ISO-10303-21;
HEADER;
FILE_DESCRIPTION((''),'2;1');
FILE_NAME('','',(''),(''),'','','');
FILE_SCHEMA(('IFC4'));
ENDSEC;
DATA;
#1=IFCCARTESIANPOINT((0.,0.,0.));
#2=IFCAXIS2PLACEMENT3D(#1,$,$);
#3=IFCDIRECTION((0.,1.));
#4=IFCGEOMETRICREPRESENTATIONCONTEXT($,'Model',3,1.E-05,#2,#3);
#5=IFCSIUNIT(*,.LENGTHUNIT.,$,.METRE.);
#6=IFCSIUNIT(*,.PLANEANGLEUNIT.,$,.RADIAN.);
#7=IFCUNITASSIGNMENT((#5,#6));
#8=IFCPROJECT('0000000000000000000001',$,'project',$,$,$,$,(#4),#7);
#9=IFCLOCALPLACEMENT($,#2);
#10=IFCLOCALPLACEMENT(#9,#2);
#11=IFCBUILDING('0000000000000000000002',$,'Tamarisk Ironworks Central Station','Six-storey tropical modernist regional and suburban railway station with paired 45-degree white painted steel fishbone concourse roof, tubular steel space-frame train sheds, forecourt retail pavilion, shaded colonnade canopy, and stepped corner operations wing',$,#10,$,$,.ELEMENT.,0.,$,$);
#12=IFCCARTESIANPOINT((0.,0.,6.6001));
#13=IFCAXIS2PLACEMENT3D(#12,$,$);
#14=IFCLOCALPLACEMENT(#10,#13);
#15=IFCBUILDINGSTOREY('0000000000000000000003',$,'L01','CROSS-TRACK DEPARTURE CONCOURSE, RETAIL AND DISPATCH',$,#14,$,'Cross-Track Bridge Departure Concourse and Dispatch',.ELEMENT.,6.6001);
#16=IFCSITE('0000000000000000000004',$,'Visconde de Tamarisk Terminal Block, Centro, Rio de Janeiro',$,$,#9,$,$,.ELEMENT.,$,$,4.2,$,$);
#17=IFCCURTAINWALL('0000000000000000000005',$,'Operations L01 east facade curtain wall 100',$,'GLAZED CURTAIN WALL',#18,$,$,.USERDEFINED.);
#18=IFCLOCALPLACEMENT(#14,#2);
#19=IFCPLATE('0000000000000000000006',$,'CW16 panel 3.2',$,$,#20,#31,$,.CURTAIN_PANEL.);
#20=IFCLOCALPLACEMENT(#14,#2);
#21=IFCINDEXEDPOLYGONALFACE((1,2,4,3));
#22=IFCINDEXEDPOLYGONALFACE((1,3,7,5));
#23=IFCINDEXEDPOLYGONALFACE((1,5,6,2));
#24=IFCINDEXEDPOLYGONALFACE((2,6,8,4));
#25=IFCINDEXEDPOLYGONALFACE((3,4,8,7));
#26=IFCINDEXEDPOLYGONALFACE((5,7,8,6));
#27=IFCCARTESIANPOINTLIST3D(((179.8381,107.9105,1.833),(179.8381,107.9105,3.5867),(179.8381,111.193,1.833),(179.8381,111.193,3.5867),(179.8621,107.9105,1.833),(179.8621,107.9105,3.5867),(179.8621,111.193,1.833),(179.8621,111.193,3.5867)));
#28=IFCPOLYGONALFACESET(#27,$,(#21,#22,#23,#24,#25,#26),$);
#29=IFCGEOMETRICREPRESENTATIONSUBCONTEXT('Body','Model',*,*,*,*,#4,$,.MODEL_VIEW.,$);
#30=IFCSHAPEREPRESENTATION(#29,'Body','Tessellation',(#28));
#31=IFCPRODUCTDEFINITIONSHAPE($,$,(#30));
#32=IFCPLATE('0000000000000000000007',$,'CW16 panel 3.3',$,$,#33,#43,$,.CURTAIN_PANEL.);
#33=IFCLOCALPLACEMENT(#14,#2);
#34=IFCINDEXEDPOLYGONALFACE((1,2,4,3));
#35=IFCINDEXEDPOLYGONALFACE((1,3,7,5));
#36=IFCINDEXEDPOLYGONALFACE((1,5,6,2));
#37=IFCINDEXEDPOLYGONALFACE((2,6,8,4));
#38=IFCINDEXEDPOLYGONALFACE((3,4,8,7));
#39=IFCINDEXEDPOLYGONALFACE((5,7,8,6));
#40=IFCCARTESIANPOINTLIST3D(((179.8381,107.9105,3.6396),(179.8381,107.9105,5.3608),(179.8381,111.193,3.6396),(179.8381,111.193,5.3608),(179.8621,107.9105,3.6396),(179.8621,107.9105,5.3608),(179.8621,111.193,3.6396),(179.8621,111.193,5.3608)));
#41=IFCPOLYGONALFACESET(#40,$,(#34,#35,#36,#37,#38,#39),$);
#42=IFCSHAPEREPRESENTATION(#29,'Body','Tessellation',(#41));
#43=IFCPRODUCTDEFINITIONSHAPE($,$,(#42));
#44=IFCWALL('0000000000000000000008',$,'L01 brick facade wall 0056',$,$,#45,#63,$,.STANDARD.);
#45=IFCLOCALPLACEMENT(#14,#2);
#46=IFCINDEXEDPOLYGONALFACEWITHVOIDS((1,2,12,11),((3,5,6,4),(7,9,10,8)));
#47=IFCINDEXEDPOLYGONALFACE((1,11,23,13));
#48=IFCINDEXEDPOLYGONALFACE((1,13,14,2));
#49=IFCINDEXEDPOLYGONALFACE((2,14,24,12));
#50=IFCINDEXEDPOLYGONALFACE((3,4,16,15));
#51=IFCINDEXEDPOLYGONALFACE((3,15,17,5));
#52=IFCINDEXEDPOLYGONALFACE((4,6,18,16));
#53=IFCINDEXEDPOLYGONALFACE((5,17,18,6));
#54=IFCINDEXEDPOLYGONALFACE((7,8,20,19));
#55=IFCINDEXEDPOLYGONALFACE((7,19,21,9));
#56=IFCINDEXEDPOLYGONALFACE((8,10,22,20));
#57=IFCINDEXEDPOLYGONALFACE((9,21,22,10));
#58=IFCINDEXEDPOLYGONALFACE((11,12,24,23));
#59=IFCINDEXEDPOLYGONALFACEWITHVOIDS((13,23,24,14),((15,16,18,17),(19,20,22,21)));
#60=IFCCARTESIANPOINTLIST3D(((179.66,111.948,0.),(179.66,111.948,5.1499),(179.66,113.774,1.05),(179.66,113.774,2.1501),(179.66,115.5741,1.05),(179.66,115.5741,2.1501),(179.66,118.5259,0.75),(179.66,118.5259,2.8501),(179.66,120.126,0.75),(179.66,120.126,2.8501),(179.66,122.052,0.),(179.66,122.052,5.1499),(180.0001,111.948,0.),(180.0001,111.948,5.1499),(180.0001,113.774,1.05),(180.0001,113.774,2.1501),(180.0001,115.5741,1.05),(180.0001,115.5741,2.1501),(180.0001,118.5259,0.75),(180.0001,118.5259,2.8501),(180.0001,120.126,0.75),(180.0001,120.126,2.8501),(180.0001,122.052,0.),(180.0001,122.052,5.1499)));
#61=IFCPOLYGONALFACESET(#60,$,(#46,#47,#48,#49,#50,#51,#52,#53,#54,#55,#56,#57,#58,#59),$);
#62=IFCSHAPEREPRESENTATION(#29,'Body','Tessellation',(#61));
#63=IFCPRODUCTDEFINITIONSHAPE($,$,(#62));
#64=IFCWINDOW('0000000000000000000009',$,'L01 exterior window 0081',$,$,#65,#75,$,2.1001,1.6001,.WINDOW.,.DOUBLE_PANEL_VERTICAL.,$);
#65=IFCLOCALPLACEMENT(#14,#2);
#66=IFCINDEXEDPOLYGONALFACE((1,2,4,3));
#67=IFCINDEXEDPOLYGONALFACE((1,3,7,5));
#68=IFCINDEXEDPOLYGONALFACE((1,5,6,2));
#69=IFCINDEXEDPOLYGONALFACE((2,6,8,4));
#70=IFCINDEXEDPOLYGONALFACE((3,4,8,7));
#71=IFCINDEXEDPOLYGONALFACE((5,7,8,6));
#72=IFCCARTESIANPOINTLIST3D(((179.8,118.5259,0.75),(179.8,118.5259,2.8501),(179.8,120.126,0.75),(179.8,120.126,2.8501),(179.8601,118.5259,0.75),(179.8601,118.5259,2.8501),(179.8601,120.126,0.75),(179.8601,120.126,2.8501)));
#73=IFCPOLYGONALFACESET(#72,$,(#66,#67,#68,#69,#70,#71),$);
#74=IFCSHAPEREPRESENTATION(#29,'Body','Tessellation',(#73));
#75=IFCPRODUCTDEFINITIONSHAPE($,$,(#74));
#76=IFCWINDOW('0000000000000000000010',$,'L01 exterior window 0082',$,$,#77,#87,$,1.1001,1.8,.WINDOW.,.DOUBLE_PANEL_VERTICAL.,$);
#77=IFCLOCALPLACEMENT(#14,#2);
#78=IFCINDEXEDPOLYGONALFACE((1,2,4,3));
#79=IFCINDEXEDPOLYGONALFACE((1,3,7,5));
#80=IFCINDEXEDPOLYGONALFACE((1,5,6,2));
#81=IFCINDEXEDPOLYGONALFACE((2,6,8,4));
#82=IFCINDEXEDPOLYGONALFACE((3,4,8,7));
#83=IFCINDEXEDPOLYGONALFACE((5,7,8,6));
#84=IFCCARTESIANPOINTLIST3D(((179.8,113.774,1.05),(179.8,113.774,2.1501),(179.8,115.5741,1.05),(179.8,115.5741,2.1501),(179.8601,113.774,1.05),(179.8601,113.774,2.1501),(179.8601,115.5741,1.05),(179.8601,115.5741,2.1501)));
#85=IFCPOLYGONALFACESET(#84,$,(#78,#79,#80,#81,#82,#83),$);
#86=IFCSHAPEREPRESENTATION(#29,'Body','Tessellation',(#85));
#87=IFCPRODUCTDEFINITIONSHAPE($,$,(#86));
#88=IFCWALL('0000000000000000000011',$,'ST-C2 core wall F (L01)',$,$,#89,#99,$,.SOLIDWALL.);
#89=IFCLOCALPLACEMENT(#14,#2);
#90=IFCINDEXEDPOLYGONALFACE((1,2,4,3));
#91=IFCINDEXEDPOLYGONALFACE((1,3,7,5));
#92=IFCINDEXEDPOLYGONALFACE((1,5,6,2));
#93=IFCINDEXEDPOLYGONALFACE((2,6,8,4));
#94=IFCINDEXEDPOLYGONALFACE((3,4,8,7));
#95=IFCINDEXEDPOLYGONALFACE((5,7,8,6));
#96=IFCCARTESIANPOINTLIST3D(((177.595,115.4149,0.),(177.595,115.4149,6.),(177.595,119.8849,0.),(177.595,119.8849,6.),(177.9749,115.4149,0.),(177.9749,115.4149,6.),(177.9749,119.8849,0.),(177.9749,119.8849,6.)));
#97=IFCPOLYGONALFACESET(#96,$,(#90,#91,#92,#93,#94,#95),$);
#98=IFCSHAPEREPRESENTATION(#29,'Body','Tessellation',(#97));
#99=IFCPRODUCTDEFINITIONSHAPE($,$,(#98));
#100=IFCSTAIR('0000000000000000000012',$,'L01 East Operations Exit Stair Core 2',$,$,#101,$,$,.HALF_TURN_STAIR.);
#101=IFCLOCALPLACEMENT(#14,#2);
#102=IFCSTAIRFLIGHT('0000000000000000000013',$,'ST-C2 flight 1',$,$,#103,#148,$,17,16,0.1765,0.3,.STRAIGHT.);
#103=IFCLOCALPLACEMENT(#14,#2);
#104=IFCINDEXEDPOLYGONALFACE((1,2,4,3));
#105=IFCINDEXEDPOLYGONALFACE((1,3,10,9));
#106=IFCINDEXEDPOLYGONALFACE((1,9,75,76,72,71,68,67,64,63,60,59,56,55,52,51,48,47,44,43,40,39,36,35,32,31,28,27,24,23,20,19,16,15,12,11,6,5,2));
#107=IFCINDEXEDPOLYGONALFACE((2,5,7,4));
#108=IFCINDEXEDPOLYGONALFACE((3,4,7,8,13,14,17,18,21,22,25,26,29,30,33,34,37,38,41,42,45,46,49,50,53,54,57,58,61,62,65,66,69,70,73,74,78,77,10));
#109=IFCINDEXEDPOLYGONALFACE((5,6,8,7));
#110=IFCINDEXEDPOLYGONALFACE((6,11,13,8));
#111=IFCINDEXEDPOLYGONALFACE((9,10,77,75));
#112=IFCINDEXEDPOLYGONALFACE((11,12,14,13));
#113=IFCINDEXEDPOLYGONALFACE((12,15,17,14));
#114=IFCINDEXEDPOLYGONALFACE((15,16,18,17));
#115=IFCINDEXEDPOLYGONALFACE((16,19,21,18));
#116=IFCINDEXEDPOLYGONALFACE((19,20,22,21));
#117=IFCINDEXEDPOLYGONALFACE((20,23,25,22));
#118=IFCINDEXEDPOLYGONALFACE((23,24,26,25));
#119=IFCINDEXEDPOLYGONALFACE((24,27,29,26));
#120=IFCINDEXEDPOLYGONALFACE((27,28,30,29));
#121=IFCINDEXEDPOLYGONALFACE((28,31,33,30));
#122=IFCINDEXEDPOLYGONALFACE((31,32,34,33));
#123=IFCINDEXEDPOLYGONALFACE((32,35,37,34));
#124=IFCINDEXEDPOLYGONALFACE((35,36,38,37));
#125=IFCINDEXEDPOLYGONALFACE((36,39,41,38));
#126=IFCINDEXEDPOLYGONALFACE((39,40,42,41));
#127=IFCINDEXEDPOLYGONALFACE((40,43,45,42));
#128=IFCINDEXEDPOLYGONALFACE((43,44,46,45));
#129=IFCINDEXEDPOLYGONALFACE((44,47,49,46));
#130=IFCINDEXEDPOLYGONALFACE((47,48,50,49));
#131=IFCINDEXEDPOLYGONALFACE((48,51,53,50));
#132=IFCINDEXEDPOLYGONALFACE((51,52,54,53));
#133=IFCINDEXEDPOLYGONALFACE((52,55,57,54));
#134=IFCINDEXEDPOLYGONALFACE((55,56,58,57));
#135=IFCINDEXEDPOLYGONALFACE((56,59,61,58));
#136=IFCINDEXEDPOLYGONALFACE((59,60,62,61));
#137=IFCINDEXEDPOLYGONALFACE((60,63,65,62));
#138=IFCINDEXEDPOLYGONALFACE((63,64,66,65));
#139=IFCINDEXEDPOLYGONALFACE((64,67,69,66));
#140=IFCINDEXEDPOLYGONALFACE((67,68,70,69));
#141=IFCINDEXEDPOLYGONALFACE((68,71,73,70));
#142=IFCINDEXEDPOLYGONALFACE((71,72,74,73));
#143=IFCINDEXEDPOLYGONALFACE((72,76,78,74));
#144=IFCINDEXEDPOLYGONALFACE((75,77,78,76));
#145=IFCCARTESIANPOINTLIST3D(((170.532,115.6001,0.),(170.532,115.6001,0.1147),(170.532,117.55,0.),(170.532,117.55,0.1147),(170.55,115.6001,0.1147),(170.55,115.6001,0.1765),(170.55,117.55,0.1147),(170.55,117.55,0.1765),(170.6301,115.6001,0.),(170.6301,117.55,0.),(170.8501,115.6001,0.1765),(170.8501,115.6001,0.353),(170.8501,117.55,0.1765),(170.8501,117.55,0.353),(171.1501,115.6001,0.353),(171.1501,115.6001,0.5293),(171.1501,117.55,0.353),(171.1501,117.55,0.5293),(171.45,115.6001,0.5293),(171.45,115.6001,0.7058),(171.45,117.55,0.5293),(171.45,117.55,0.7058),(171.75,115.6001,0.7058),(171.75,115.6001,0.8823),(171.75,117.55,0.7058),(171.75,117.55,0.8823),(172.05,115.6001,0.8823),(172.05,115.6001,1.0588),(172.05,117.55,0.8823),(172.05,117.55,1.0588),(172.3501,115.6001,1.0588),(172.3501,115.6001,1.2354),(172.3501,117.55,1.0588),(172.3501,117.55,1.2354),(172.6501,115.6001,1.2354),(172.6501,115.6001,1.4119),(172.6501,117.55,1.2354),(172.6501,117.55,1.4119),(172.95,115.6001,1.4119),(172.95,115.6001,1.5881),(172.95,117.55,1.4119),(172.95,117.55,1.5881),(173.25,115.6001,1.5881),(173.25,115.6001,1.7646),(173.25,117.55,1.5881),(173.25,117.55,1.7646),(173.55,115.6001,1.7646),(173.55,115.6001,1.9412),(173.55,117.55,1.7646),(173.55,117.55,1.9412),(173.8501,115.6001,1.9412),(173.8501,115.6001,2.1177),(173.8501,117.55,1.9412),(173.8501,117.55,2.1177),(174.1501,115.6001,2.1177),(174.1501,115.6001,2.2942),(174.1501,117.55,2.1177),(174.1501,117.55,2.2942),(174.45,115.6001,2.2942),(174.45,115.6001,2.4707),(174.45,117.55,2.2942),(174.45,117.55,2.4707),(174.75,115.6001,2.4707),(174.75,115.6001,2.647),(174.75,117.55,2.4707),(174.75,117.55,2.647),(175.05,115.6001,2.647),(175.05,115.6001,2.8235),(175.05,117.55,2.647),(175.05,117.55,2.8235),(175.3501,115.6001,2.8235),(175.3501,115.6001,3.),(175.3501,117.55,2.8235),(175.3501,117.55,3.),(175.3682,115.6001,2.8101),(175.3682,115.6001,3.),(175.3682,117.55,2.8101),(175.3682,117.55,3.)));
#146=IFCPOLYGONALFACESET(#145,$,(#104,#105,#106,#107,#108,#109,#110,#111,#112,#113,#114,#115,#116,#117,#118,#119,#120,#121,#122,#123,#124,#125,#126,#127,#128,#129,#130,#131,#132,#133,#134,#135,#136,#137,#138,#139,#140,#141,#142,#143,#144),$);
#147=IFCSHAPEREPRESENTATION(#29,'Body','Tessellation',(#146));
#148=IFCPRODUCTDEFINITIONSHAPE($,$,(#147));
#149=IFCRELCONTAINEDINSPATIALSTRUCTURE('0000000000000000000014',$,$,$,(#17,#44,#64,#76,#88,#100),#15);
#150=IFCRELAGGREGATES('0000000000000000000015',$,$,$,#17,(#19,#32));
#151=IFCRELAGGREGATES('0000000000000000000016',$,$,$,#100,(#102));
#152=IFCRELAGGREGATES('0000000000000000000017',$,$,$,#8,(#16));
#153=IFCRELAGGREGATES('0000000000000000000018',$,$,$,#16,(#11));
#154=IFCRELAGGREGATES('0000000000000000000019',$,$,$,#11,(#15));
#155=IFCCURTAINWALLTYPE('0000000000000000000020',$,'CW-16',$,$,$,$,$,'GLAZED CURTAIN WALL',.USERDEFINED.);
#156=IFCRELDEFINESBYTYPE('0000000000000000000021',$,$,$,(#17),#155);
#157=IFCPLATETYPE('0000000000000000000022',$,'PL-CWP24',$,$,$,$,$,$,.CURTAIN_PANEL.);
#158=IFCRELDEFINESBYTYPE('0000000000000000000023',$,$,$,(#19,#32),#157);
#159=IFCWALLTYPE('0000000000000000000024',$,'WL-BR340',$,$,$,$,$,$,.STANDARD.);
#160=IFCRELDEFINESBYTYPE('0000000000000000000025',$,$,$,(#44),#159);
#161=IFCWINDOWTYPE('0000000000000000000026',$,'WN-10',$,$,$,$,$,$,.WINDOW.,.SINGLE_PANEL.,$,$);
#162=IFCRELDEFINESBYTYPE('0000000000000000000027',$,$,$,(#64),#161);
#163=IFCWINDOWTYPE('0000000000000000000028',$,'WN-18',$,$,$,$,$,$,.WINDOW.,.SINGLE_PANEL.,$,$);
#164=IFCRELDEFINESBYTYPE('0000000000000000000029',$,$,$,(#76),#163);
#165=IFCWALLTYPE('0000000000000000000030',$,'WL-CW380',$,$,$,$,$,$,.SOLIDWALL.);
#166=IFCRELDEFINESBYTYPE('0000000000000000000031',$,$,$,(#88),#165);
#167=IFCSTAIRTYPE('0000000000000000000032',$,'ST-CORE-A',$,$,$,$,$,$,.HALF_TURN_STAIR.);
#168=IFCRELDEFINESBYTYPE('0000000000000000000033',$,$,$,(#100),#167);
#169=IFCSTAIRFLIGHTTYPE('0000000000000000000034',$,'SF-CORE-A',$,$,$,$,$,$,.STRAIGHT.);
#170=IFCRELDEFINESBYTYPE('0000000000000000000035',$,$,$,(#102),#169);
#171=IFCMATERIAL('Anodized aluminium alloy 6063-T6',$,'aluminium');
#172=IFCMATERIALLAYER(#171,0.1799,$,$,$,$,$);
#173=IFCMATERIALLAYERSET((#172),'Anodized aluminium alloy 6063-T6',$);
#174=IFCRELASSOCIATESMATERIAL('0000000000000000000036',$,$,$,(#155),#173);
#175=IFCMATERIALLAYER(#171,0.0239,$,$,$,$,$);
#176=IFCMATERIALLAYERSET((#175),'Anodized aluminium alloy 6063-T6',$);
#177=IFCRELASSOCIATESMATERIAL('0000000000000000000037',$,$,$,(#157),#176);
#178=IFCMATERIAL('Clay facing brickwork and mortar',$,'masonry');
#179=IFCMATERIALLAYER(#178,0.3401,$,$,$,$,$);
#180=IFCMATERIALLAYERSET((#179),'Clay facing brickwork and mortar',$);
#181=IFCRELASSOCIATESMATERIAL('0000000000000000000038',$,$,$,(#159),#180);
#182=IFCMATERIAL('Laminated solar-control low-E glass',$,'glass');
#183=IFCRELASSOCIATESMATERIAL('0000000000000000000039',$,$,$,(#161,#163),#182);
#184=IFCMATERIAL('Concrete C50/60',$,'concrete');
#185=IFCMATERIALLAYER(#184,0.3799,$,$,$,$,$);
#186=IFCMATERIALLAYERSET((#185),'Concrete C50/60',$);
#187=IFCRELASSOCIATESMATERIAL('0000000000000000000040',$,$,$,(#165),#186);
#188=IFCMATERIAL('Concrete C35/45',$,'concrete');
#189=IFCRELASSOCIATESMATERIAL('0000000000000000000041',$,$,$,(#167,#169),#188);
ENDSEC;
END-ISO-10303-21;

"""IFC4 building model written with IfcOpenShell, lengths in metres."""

from ifc_helpers import new_model, si_unit, direction, frame, frame_2d, origin, origin_2d, place, context, subcontext, project, spatial, polyline, rectangle, outline, extrude, material, layer, layer_set, type_object, element, fill, aggregate, save


model = new_model("IFC4")

# Units and contexts
model_context = context("Model", 3, precision=1e-05, world=origin(), true_north=direction((0.0, 1.0)))
body_context = subcontext(model_context, "Body", "Model", "MODEL_VIEW")
ifc_project = project(units=[si_unit("LENGTHUNIT", "METRE"), si_unit("PLANEANGLEUNIT", "RADIAN")], contexts=[model_context])

# Site, building, storey
site_placement = place(None, origin())
site = spatial("IfcSite", under=ifc_project, at=site_placement, Name="Visconde de Tamarisk Terminal Block, Centro, Rio de Janeiro", CompositionType="ELEMENT", RefElevation=4.2)
building_placement = place(site_placement, origin())
building = spatial("IfcBuilding", under=site, at=building_placement, Name="Tamarisk Ironworks Central Station", Description="Six-storey tropical modernist regional and suburban railway station with paired 45-degree white painted steel fishbone concourse roof, tubular steel space-frame train sheds, forecourt retail pavilion, shaded colonnade canopy, and stepped corner operations wing", CompositionType="ELEMENT", ElevationOfRefHeight=0.0)
storey_placement = place(building_placement, frame((0.0, 0.0, 6.6001)))
storey = spatial("IfcBuildingStorey", under=building, at=storey_placement, Name="L01", Description="CROSS-TRACK DEPARTURE CONCOURSE, RETAIL AND DISPATCH", LongName="Cross-Track Bridge Departure Concourse and Dispatch", CompositionType="ELEMENT", Elevation=6.6001)

# Shared definitions
ifc_material_1 = material(Name="Concrete C50/60", Category="concrete")

# Curtain wall
ifc_material_2 = material(Name="Anodized aluminium alloy 6063-T6", Category="aluminium")
ifc_layer_1 = layer(ifc_material_2, 0.1799)
ifc_layer_set_1 = layer_set([ifc_layer_1], Name="Anodized aluminium alloy 6063-T6")
curtain_wall_type = type_object("IfcCurtainWallType", Name="CW-16", ElementType="GLAZED CURTAIN WALL", PredefinedType="USERDEFINED", material=ifc_layer_set_1)
curtain_wall_1_placement = place(storey_placement, origin())
curtain_wall_1 = element("IfcCurtainWall", 1, at=curtain_wall_1_placement, inside=storey, type_object=curtain_wall_type, Name="Operations L01 east facade curtain wall 100", ObjectType="GLAZED CURTAIN WALL", PredefinedType="USERDEFINED")

# Plates
ifc_layer_2 = layer(ifc_material_2, 0.0239)
ifc_layer_set_2 = layer_set([ifc_layer_2], Name="Anodized aluminium alloy 6063-T6")
plate_type = type_object("IfcPlateType", Name="PL-CWP24", PredefinedType="CURTAIN_PANEL", material=ifc_layer_set_2)
plate_1_placement = place(storey_placement, frame((179.8501, 109.5518, 1.833), z_axis=(0.0, 0.0, 1.0), x_axis=(0.0, 1.0, 0.0)))
plate_1 = element("IfcPlate", 2, at=plate_1_placement, type_object=plate_type, Name="CW16 panel 3.2", PredefinedType="CURTAIN_PANEL", context=body_context, shape_type="SweptSolid", body=[
    extrude(rectangle(XDim=3.2825, YDim=0.0239, at=origin_2d()), origin(), (0.0, 0.0, 1.0), 1.7537),
])
plate_2_placement = place(storey_placement, frame((179.8501, 109.5518, 3.6396), z_axis=(0.0, 0.0, 1.0), x_axis=(0.0, 1.0, 0.0)))
plate_2 = element("IfcPlate", 3, at=plate_2_placement, type_object=plate_type, Name="CW16 panel 3.3", PredefinedType="CURTAIN_PANEL", context=body_context, shape_type="SweptSolid", body=[
    extrude(rectangle(XDim=3.2825, YDim=0.0239, at=origin_2d()), origin(), (0.0, 0.0, 1.0), 1.7212),
])
aggregate(curtain_wall_1, [plate_1, plate_2])

# Wall, openings, windows
ifc_material_3 = material(Name="Clay facing brickwork and mortar", Category="masonry")
ifc_layer_3 = layer(ifc_material_3, 0.3401)
ifc_layer_set_3 = layer_set([ifc_layer_3], Name="Clay facing brickwork and mortar")
wall_type_1 = type_object("IfcWallType", Name="WL-BR340", PredefinedType="STANDARD", material=ifc_layer_set_3)
wall_1_placement = place(storey_placement, frame((179.8301, 122.052, 0.0), z_axis=(0.0, 0.0, 1.0), x_axis=(0.0, -1.0, 0.0)))
wall_1 = element("IfcWall", 4, at=wall_1_placement, inside=storey, type_object=wall_type_1, Name="L01 brick facade wall 0056", PredefinedType="STANDARD", context=body_context, shape_type="SweptSolid", body=[
    extrude(rectangle(XDim=10.104, YDim=0.3401, at=frame_2d((5.052, 0.0))), origin(), (0.0, 0.0, 1.0), 5.1499),
])
opening_1_placement = place(wall_1_placement, frame((1.926, 0.0, 0.75)))
opening_1 = element("IfcOpeningElement", 5, at=opening_1_placement, cuts=wall_1, PredefinedType="OPENING", context=body_context, shape_type="SweptSolid", body=[
    extrude(rectangle(XDim=1.6001, YDim=2.1001, at=frame_2d((0.8, 1.05))), frame((0.0, 0.1821, 0.0), z_axis=(0.0, -1.0, 0.0), x_axis=(1.0, 0.0, 0.0)), (0.0, 0.0, 1.0), 0.364),
])
opening_2_placement = place(wall_1_placement, frame((6.478, 0.0, 1.05)))
opening_2 = element("IfcOpeningElement", 6, at=opening_2_placement, cuts=wall_1, PredefinedType="OPENING", context=body_context, shape_type="SweptSolid", body=[
    extrude(rectangle(XDim=1.8, YDim=1.1001, at=frame_2d((0.8999, 0.55))), frame((0.0, 0.1821, 0.0), z_axis=(0.0, -1.0, 0.0), x_axis=(1.0, 0.0, 0.0)), (0.0, 0.0, 1.0), 0.364),
])
ifc_material_4 = material(Name="Laminated solar-control low-E glass", Category="glass")
window_type_1 = type_object("IfcWindowType", Name="WN-10", PartitioningType="SINGLE_PANEL", PredefinedType="WINDOW", material=ifc_material_4)
window_1_placement = place(opening_1_placement, origin())
window_1 = element("IfcWindow", 7, at=window_1_placement, inside=storey, type_object=window_type_1, Name="L01 exterior window 0081", OverallHeight=2.1001, OverallWidth=1.6001, PartitioningType="DOUBLE_PANEL_VERTICAL", PredefinedType="WINDOW", context=body_context, shape_type="SweptSolid", body=[
    extrude(rectangle(XDim=1.6001, YDim=2.1001, at=frame_2d((0.8, 1.05))), frame((0.0, 0.03, 0.0), z_axis=(0.0, -1.0, 0.0), x_axis=(1.0, 0.0, 0.0)), (0.0, 0.0, 1.0), 0.0601),
])
fill(opening_1, window_1)
window_type_2 = type_object("IfcWindowType", Name="WN-18", PartitioningType="SINGLE_PANEL", PredefinedType="WINDOW", material=ifc_material_4)
window_2_placement = place(opening_2_placement, origin())
window_2 = element("IfcWindow", 8, at=window_2_placement, inside=storey, type_object=window_type_2, Name="L01 exterior window 0082", OverallHeight=1.1001, OverallWidth=1.8, PartitioningType="DOUBLE_PANEL_VERTICAL", PredefinedType="WINDOW", context=body_context, shape_type="SweptSolid", body=[
    extrude(rectangle(XDim=1.8, YDim=1.1001, at=frame_2d((0.8999, 0.55))), frame((0.0, 0.03, 0.0), z_axis=(0.0, -1.0, 0.0), x_axis=(1.0, 0.0, 0.0)), (0.0, 0.0, 1.0), 0.0601),
])
fill(opening_2, window_2)

# Wall
ifc_layer_4 = layer(ifc_material_1, 0.3799)
ifc_layer_set_4 = layer_set([ifc_layer_4], Name="Concrete C50/60")
wall_type_2 = type_object("IfcWallType", Name="WL-CW380", PredefinedType="SOLIDWALL", material=ifc_layer_set_4)
wall_2_placement = place(storey_placement, frame((177.7849, 115.415, 0.0), z_axis=(0.0, 0.0, 1.0), x_axis=(0.0, 1.0, 0.0)))
element("IfcWall", 9, at=wall_2_placement, inside=storey, type_object=wall_type_2, Name="ST-C2 core wall F (L01)", PredefinedType="SOLIDWALL", context=body_context, shape_type="SweptSolid", body=[
    extrude(rectangle(XDim=4.47, YDim=0.3799, at=frame_2d((2.2349, 0.0))), origin(), (0.0, 0.0, 1.0), 6.0),
])

# Stair, stair flight
ifc_material_5 = material(Name="Concrete C35/45", Category="concrete")
stair_type = type_object("IfcStairType", Name="ST-CORE-A", PredefinedType="HALF_TURN_STAIR", material=ifc_material_5)
stair_placement = place(storey_placement, origin())
stair = element("IfcStair", 10, at=stair_placement, inside=storey, type_object=stair_type, Name="L01 East Operations Exit Stair Core 2", PredefinedType="HALF_TURN_STAIR")
stair_flight_type = type_object("IfcStairFlightType", Name="SF-CORE-A", PredefinedType="STRAIGHT", material=ifc_material_5)
stair_flight_1_placement = place(storey_placement, frame((170.55, 116.575, 0.0), z_axis=(0.0, 0.0, 1.0), x_axis=(1.0, 0.0, 0.0)))
stair_flight_1 = element("IfcStairFlight", 11, at=stair_flight_1_placement, type_object=stair_flight_type, Name="ST-C2 flight 1", NumberOfRisers=17, NumberOfTreads=16, PredefinedType="STRAIGHT", RiserHeight=0.1765, TreadLength=0.3, context=body_context, shape_type="SweptSolid", body=[
    extrude(outline(polyline([(-0.0181, 0.0), (-0.0181, 0.1147), (0.0, 0.1147), (0.0, 0.1765), (0.3, 0.1765), (0.3, 0.353), (0.6001, 0.353), (0.6001, 0.5293), (0.8999, 0.5293), (0.8999, 0.7058), (1.2, 0.7058), (1.2, 0.8823), (1.5, 0.8823), (1.5, 1.0588), (1.8, 1.0588), (1.8, 1.2354), (2.1001, 1.2354), (2.1001, 1.4119), (2.3999, 1.4119), (2.3999, 1.5881), (2.7, 1.5881), (2.7, 1.7646), (3.0, 1.7646), (3.0, 1.9412), (3.3, 1.9412), (3.3, 2.1177), (3.6001, 2.1177), (3.6001, 2.2942), (3.8999, 2.2942), (3.8999, 2.4707), (4.2, 2.4707), (4.2, 2.647), (4.5, 2.647), (4.5, 2.8235), (4.8, 2.8235), (4.8, 3.0), (4.8181, 3.0), (4.8181, 2.8101), (0.0801, 0.0), (-0.0181, 0.0)])), frame((0.0, 0.9751, 0.0), z_axis=(0.0, -1.0, 0.0), x_axis=(1.0, 0.0, 0.0)), (0.0, 0.0, 1.0), 1.95),
])
aggregate(stair, [stair_flight_1])

save(model, "model.ifc")
